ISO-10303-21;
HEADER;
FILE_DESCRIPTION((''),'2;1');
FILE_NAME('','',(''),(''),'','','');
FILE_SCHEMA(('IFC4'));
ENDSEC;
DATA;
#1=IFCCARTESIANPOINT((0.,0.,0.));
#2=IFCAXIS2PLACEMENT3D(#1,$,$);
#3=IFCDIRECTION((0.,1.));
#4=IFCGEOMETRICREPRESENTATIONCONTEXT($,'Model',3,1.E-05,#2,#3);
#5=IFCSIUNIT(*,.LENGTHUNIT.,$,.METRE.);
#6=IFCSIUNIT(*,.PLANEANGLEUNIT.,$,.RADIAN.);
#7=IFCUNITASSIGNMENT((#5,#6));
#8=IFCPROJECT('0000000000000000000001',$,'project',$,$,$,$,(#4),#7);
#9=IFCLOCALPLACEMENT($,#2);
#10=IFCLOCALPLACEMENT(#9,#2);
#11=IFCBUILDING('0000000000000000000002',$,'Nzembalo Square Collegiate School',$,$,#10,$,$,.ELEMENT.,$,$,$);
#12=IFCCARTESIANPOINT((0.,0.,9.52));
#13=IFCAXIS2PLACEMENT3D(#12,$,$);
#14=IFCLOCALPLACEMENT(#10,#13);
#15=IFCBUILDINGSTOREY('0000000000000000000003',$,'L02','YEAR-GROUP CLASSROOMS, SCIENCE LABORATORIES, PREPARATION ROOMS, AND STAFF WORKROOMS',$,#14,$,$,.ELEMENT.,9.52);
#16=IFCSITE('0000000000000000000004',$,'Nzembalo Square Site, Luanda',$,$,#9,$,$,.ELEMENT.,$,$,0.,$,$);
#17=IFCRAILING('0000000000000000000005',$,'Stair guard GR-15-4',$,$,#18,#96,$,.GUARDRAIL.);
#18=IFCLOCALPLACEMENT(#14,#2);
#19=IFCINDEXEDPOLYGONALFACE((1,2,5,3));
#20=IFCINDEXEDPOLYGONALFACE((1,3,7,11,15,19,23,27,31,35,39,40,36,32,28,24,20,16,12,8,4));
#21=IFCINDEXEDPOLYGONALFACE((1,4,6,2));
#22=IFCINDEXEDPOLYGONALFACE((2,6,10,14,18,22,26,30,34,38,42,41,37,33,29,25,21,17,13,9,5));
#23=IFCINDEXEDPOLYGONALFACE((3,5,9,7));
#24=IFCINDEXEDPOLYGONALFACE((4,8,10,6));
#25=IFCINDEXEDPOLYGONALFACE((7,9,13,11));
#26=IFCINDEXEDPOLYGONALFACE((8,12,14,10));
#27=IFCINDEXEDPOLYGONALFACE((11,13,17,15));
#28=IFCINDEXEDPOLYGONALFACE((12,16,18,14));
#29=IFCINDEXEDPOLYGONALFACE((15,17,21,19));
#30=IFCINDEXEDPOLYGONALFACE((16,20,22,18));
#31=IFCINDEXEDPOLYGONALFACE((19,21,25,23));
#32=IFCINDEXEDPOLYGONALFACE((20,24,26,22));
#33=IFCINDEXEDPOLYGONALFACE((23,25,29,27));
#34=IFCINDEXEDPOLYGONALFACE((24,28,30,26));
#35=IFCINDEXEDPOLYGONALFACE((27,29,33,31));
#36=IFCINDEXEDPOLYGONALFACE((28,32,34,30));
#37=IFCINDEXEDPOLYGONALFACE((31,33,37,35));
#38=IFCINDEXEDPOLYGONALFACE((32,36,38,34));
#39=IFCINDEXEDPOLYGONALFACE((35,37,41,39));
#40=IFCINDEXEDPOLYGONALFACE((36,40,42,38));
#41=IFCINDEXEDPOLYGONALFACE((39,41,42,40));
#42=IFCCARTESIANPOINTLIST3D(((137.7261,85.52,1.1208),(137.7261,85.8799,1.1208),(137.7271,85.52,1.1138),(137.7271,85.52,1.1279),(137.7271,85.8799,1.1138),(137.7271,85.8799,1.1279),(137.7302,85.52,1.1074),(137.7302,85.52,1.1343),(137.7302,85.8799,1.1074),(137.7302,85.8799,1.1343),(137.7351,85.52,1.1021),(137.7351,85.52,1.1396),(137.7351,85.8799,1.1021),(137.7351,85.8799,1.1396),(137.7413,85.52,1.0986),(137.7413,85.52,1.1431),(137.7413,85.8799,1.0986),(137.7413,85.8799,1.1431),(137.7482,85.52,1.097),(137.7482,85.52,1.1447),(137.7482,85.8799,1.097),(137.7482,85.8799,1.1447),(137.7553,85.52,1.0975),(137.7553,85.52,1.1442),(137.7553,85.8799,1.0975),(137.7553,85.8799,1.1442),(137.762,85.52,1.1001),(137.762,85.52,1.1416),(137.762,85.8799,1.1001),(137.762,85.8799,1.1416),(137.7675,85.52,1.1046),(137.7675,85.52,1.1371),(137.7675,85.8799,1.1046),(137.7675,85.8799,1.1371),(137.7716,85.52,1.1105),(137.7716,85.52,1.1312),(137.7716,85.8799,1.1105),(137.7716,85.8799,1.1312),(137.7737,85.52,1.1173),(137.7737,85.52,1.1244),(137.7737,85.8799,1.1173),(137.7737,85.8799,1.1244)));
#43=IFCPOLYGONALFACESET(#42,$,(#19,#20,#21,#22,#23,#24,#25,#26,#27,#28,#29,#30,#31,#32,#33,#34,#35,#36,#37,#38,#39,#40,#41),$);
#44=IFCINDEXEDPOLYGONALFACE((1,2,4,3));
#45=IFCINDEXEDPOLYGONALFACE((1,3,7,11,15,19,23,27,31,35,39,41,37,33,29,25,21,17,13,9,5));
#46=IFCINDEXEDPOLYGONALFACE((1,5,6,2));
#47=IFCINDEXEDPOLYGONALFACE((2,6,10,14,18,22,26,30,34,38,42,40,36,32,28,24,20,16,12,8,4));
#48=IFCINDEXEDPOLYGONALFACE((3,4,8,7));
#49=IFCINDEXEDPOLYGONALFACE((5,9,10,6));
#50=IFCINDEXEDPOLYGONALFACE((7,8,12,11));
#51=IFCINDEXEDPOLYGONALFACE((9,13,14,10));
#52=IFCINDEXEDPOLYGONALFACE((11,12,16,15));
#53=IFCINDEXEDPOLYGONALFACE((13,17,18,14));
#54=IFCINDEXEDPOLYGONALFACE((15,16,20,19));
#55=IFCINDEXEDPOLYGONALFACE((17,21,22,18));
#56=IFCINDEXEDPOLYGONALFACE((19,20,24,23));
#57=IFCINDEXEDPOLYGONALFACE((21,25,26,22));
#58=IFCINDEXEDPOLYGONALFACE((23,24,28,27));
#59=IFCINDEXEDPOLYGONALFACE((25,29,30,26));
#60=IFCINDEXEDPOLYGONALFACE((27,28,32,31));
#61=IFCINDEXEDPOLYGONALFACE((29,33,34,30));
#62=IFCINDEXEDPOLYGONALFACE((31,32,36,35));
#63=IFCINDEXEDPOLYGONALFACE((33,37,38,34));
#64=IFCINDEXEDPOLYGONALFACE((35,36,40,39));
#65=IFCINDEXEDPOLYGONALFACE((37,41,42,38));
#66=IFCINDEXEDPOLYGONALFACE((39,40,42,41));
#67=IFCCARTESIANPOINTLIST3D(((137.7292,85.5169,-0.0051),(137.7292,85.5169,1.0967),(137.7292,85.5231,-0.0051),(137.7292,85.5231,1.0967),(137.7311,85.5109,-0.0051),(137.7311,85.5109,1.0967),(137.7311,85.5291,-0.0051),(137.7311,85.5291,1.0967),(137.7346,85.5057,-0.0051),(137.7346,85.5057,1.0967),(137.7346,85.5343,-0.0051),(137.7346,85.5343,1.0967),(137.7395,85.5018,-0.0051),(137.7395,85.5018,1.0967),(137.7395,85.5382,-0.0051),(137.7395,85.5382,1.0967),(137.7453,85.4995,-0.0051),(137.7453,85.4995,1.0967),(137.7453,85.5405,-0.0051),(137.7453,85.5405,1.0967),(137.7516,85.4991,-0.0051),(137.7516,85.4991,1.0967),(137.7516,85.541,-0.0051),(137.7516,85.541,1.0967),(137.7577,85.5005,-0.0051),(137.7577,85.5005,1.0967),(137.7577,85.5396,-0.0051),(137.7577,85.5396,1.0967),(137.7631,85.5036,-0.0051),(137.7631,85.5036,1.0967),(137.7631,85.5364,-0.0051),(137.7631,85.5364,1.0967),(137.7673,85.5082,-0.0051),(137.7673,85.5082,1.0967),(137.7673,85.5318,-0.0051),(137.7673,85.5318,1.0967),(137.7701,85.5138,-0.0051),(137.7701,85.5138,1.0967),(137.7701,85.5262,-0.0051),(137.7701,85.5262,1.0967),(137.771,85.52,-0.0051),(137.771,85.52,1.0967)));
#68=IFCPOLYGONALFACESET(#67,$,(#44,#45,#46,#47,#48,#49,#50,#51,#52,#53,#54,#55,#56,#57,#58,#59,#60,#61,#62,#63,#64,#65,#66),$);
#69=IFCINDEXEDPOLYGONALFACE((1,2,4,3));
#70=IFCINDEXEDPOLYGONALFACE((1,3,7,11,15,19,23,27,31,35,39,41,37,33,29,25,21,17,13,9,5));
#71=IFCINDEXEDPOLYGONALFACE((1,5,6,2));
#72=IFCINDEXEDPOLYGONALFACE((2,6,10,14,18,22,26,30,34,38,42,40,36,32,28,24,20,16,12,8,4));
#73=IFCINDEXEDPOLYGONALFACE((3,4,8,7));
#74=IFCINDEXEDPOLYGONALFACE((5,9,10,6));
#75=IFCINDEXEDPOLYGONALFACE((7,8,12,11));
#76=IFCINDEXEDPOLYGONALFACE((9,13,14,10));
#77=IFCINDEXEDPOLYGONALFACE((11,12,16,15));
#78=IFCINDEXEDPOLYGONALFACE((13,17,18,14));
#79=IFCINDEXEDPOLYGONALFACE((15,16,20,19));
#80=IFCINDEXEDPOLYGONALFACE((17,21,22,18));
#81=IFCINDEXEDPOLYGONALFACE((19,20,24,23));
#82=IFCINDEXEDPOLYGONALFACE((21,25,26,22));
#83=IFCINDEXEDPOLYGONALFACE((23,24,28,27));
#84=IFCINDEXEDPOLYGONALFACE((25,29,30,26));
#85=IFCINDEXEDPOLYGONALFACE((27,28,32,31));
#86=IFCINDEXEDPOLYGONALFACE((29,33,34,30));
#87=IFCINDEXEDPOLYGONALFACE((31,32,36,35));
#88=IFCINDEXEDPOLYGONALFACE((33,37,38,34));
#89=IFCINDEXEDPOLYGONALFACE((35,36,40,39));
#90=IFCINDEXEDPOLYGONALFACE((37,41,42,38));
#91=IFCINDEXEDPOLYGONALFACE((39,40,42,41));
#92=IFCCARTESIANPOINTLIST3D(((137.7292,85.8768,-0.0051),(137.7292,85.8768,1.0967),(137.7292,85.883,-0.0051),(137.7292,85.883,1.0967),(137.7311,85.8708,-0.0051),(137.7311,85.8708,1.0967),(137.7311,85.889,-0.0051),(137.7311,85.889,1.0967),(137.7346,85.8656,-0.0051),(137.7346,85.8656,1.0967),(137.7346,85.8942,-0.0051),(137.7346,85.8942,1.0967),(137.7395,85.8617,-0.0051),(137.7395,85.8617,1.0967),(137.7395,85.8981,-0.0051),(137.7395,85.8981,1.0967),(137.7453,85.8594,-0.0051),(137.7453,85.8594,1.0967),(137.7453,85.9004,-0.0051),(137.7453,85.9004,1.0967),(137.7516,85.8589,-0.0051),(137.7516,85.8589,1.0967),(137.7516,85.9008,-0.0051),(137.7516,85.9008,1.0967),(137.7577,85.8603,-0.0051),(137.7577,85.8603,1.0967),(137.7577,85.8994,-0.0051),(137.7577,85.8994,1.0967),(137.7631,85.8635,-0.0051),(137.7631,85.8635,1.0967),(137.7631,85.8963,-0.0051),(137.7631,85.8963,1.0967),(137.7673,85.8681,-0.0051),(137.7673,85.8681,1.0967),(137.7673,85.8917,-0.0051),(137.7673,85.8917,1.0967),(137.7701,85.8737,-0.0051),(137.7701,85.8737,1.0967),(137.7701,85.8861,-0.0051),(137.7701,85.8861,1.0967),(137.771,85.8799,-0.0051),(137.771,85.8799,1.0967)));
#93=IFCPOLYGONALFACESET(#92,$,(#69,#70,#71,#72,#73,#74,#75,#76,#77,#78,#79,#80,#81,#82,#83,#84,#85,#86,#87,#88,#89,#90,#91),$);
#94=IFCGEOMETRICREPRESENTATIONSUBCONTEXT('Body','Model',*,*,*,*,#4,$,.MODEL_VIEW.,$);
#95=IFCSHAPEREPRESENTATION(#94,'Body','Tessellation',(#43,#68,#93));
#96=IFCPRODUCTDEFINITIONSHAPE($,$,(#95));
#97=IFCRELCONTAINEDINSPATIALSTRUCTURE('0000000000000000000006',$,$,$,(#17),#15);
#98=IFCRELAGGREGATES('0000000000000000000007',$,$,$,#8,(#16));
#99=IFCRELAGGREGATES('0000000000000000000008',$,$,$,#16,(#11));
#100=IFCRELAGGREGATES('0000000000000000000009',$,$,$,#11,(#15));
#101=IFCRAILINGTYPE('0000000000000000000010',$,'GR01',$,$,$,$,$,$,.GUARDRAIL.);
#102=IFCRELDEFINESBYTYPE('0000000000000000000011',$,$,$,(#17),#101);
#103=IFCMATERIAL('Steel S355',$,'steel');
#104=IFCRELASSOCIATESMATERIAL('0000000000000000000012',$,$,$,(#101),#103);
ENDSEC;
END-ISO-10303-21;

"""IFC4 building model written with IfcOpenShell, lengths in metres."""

from ifc_helpers import new_model, si_unit, direction, frame, origin, origin_2d, place, context, subcontext, project, spatial, circle, extrude, material, type_object, element, save


model = new_model("IFC4")

# Units and contexts
model_context = context("Model", 3, precision=1e-05, world=origin(), true_north=direction((0.0, 1.0)))
body_context = subcontext(model_context, "Body", "Model", "MODEL_VIEW")
ifc_project = project(units=[si_unit("LENGTHUNIT", "METRE"), si_unit("PLANEANGLEUNIT", "RADIAN")], contexts=[model_context])

# Site, building, storey
site_placement = place(None, origin())
site = spatial("IfcSite", under=ifc_project, at=site_placement, Name="Nzembalo Square Site, Luanda", CompositionType="ELEMENT", RefElevation=0.0)
building_placement = place(site_placement, origin())
building = spatial("IfcBuilding", under=site, at=building_placement, Name="Nzembalo Square Collegiate School", CompositionType="ELEMENT")
storey_placement = place(building_placement, frame((0.0, 0.0, 9.52)))
storey = spatial("IfcBuildingStorey", under=building, at=storey_placement, Name="L02", Description="YEAR-GROUP CLASSROOMS, SCIENCE LABORATORIES, PREPARATION ROOMS, AND STAFF WORKROOMS", CompositionType="ELEMENT", Elevation=9.52)

# Railing
ifc_material_1 = material(Name="Steel S355", Category="steel")
railing_type_1 = type_object("IfcRailingType", Name="GR01", PredefinedType="GUARDRAIL", material=ifc_material_1)
railing_1_placement = place(storey_placement, frame((137.75, 85.52, -0.0051)))
element("IfcRailing", 1, at=railing_1_placement, inside=storey, type_object=railing_type_1, Name="Stair guard GR-15-4", PredefinedType="GUARDRAIL", context=body_context, shape_type="SweptSolid", body=[
    extrude(circle(Radius=0.0239, at=origin_2d()), frame((0.0, 0.0, 1.126), z_axis=(0.0, 1.0, 0.0), x_axis=(-1.0, 0.0, 0.0)), (0.0, 0.0, 1.0), 0.3599),
    extrude(circle(Radius=0.021, at=origin_2d()), origin(), (0.0, 0.0, 1.0), 1.1018),
    extrude(circle(Radius=0.021, at=origin_2d()), frame((0.0, 0.3599, 0.0)), (0.0, 0.0, 1.0), 1.1018),
])

save(model, "model.ifc")
